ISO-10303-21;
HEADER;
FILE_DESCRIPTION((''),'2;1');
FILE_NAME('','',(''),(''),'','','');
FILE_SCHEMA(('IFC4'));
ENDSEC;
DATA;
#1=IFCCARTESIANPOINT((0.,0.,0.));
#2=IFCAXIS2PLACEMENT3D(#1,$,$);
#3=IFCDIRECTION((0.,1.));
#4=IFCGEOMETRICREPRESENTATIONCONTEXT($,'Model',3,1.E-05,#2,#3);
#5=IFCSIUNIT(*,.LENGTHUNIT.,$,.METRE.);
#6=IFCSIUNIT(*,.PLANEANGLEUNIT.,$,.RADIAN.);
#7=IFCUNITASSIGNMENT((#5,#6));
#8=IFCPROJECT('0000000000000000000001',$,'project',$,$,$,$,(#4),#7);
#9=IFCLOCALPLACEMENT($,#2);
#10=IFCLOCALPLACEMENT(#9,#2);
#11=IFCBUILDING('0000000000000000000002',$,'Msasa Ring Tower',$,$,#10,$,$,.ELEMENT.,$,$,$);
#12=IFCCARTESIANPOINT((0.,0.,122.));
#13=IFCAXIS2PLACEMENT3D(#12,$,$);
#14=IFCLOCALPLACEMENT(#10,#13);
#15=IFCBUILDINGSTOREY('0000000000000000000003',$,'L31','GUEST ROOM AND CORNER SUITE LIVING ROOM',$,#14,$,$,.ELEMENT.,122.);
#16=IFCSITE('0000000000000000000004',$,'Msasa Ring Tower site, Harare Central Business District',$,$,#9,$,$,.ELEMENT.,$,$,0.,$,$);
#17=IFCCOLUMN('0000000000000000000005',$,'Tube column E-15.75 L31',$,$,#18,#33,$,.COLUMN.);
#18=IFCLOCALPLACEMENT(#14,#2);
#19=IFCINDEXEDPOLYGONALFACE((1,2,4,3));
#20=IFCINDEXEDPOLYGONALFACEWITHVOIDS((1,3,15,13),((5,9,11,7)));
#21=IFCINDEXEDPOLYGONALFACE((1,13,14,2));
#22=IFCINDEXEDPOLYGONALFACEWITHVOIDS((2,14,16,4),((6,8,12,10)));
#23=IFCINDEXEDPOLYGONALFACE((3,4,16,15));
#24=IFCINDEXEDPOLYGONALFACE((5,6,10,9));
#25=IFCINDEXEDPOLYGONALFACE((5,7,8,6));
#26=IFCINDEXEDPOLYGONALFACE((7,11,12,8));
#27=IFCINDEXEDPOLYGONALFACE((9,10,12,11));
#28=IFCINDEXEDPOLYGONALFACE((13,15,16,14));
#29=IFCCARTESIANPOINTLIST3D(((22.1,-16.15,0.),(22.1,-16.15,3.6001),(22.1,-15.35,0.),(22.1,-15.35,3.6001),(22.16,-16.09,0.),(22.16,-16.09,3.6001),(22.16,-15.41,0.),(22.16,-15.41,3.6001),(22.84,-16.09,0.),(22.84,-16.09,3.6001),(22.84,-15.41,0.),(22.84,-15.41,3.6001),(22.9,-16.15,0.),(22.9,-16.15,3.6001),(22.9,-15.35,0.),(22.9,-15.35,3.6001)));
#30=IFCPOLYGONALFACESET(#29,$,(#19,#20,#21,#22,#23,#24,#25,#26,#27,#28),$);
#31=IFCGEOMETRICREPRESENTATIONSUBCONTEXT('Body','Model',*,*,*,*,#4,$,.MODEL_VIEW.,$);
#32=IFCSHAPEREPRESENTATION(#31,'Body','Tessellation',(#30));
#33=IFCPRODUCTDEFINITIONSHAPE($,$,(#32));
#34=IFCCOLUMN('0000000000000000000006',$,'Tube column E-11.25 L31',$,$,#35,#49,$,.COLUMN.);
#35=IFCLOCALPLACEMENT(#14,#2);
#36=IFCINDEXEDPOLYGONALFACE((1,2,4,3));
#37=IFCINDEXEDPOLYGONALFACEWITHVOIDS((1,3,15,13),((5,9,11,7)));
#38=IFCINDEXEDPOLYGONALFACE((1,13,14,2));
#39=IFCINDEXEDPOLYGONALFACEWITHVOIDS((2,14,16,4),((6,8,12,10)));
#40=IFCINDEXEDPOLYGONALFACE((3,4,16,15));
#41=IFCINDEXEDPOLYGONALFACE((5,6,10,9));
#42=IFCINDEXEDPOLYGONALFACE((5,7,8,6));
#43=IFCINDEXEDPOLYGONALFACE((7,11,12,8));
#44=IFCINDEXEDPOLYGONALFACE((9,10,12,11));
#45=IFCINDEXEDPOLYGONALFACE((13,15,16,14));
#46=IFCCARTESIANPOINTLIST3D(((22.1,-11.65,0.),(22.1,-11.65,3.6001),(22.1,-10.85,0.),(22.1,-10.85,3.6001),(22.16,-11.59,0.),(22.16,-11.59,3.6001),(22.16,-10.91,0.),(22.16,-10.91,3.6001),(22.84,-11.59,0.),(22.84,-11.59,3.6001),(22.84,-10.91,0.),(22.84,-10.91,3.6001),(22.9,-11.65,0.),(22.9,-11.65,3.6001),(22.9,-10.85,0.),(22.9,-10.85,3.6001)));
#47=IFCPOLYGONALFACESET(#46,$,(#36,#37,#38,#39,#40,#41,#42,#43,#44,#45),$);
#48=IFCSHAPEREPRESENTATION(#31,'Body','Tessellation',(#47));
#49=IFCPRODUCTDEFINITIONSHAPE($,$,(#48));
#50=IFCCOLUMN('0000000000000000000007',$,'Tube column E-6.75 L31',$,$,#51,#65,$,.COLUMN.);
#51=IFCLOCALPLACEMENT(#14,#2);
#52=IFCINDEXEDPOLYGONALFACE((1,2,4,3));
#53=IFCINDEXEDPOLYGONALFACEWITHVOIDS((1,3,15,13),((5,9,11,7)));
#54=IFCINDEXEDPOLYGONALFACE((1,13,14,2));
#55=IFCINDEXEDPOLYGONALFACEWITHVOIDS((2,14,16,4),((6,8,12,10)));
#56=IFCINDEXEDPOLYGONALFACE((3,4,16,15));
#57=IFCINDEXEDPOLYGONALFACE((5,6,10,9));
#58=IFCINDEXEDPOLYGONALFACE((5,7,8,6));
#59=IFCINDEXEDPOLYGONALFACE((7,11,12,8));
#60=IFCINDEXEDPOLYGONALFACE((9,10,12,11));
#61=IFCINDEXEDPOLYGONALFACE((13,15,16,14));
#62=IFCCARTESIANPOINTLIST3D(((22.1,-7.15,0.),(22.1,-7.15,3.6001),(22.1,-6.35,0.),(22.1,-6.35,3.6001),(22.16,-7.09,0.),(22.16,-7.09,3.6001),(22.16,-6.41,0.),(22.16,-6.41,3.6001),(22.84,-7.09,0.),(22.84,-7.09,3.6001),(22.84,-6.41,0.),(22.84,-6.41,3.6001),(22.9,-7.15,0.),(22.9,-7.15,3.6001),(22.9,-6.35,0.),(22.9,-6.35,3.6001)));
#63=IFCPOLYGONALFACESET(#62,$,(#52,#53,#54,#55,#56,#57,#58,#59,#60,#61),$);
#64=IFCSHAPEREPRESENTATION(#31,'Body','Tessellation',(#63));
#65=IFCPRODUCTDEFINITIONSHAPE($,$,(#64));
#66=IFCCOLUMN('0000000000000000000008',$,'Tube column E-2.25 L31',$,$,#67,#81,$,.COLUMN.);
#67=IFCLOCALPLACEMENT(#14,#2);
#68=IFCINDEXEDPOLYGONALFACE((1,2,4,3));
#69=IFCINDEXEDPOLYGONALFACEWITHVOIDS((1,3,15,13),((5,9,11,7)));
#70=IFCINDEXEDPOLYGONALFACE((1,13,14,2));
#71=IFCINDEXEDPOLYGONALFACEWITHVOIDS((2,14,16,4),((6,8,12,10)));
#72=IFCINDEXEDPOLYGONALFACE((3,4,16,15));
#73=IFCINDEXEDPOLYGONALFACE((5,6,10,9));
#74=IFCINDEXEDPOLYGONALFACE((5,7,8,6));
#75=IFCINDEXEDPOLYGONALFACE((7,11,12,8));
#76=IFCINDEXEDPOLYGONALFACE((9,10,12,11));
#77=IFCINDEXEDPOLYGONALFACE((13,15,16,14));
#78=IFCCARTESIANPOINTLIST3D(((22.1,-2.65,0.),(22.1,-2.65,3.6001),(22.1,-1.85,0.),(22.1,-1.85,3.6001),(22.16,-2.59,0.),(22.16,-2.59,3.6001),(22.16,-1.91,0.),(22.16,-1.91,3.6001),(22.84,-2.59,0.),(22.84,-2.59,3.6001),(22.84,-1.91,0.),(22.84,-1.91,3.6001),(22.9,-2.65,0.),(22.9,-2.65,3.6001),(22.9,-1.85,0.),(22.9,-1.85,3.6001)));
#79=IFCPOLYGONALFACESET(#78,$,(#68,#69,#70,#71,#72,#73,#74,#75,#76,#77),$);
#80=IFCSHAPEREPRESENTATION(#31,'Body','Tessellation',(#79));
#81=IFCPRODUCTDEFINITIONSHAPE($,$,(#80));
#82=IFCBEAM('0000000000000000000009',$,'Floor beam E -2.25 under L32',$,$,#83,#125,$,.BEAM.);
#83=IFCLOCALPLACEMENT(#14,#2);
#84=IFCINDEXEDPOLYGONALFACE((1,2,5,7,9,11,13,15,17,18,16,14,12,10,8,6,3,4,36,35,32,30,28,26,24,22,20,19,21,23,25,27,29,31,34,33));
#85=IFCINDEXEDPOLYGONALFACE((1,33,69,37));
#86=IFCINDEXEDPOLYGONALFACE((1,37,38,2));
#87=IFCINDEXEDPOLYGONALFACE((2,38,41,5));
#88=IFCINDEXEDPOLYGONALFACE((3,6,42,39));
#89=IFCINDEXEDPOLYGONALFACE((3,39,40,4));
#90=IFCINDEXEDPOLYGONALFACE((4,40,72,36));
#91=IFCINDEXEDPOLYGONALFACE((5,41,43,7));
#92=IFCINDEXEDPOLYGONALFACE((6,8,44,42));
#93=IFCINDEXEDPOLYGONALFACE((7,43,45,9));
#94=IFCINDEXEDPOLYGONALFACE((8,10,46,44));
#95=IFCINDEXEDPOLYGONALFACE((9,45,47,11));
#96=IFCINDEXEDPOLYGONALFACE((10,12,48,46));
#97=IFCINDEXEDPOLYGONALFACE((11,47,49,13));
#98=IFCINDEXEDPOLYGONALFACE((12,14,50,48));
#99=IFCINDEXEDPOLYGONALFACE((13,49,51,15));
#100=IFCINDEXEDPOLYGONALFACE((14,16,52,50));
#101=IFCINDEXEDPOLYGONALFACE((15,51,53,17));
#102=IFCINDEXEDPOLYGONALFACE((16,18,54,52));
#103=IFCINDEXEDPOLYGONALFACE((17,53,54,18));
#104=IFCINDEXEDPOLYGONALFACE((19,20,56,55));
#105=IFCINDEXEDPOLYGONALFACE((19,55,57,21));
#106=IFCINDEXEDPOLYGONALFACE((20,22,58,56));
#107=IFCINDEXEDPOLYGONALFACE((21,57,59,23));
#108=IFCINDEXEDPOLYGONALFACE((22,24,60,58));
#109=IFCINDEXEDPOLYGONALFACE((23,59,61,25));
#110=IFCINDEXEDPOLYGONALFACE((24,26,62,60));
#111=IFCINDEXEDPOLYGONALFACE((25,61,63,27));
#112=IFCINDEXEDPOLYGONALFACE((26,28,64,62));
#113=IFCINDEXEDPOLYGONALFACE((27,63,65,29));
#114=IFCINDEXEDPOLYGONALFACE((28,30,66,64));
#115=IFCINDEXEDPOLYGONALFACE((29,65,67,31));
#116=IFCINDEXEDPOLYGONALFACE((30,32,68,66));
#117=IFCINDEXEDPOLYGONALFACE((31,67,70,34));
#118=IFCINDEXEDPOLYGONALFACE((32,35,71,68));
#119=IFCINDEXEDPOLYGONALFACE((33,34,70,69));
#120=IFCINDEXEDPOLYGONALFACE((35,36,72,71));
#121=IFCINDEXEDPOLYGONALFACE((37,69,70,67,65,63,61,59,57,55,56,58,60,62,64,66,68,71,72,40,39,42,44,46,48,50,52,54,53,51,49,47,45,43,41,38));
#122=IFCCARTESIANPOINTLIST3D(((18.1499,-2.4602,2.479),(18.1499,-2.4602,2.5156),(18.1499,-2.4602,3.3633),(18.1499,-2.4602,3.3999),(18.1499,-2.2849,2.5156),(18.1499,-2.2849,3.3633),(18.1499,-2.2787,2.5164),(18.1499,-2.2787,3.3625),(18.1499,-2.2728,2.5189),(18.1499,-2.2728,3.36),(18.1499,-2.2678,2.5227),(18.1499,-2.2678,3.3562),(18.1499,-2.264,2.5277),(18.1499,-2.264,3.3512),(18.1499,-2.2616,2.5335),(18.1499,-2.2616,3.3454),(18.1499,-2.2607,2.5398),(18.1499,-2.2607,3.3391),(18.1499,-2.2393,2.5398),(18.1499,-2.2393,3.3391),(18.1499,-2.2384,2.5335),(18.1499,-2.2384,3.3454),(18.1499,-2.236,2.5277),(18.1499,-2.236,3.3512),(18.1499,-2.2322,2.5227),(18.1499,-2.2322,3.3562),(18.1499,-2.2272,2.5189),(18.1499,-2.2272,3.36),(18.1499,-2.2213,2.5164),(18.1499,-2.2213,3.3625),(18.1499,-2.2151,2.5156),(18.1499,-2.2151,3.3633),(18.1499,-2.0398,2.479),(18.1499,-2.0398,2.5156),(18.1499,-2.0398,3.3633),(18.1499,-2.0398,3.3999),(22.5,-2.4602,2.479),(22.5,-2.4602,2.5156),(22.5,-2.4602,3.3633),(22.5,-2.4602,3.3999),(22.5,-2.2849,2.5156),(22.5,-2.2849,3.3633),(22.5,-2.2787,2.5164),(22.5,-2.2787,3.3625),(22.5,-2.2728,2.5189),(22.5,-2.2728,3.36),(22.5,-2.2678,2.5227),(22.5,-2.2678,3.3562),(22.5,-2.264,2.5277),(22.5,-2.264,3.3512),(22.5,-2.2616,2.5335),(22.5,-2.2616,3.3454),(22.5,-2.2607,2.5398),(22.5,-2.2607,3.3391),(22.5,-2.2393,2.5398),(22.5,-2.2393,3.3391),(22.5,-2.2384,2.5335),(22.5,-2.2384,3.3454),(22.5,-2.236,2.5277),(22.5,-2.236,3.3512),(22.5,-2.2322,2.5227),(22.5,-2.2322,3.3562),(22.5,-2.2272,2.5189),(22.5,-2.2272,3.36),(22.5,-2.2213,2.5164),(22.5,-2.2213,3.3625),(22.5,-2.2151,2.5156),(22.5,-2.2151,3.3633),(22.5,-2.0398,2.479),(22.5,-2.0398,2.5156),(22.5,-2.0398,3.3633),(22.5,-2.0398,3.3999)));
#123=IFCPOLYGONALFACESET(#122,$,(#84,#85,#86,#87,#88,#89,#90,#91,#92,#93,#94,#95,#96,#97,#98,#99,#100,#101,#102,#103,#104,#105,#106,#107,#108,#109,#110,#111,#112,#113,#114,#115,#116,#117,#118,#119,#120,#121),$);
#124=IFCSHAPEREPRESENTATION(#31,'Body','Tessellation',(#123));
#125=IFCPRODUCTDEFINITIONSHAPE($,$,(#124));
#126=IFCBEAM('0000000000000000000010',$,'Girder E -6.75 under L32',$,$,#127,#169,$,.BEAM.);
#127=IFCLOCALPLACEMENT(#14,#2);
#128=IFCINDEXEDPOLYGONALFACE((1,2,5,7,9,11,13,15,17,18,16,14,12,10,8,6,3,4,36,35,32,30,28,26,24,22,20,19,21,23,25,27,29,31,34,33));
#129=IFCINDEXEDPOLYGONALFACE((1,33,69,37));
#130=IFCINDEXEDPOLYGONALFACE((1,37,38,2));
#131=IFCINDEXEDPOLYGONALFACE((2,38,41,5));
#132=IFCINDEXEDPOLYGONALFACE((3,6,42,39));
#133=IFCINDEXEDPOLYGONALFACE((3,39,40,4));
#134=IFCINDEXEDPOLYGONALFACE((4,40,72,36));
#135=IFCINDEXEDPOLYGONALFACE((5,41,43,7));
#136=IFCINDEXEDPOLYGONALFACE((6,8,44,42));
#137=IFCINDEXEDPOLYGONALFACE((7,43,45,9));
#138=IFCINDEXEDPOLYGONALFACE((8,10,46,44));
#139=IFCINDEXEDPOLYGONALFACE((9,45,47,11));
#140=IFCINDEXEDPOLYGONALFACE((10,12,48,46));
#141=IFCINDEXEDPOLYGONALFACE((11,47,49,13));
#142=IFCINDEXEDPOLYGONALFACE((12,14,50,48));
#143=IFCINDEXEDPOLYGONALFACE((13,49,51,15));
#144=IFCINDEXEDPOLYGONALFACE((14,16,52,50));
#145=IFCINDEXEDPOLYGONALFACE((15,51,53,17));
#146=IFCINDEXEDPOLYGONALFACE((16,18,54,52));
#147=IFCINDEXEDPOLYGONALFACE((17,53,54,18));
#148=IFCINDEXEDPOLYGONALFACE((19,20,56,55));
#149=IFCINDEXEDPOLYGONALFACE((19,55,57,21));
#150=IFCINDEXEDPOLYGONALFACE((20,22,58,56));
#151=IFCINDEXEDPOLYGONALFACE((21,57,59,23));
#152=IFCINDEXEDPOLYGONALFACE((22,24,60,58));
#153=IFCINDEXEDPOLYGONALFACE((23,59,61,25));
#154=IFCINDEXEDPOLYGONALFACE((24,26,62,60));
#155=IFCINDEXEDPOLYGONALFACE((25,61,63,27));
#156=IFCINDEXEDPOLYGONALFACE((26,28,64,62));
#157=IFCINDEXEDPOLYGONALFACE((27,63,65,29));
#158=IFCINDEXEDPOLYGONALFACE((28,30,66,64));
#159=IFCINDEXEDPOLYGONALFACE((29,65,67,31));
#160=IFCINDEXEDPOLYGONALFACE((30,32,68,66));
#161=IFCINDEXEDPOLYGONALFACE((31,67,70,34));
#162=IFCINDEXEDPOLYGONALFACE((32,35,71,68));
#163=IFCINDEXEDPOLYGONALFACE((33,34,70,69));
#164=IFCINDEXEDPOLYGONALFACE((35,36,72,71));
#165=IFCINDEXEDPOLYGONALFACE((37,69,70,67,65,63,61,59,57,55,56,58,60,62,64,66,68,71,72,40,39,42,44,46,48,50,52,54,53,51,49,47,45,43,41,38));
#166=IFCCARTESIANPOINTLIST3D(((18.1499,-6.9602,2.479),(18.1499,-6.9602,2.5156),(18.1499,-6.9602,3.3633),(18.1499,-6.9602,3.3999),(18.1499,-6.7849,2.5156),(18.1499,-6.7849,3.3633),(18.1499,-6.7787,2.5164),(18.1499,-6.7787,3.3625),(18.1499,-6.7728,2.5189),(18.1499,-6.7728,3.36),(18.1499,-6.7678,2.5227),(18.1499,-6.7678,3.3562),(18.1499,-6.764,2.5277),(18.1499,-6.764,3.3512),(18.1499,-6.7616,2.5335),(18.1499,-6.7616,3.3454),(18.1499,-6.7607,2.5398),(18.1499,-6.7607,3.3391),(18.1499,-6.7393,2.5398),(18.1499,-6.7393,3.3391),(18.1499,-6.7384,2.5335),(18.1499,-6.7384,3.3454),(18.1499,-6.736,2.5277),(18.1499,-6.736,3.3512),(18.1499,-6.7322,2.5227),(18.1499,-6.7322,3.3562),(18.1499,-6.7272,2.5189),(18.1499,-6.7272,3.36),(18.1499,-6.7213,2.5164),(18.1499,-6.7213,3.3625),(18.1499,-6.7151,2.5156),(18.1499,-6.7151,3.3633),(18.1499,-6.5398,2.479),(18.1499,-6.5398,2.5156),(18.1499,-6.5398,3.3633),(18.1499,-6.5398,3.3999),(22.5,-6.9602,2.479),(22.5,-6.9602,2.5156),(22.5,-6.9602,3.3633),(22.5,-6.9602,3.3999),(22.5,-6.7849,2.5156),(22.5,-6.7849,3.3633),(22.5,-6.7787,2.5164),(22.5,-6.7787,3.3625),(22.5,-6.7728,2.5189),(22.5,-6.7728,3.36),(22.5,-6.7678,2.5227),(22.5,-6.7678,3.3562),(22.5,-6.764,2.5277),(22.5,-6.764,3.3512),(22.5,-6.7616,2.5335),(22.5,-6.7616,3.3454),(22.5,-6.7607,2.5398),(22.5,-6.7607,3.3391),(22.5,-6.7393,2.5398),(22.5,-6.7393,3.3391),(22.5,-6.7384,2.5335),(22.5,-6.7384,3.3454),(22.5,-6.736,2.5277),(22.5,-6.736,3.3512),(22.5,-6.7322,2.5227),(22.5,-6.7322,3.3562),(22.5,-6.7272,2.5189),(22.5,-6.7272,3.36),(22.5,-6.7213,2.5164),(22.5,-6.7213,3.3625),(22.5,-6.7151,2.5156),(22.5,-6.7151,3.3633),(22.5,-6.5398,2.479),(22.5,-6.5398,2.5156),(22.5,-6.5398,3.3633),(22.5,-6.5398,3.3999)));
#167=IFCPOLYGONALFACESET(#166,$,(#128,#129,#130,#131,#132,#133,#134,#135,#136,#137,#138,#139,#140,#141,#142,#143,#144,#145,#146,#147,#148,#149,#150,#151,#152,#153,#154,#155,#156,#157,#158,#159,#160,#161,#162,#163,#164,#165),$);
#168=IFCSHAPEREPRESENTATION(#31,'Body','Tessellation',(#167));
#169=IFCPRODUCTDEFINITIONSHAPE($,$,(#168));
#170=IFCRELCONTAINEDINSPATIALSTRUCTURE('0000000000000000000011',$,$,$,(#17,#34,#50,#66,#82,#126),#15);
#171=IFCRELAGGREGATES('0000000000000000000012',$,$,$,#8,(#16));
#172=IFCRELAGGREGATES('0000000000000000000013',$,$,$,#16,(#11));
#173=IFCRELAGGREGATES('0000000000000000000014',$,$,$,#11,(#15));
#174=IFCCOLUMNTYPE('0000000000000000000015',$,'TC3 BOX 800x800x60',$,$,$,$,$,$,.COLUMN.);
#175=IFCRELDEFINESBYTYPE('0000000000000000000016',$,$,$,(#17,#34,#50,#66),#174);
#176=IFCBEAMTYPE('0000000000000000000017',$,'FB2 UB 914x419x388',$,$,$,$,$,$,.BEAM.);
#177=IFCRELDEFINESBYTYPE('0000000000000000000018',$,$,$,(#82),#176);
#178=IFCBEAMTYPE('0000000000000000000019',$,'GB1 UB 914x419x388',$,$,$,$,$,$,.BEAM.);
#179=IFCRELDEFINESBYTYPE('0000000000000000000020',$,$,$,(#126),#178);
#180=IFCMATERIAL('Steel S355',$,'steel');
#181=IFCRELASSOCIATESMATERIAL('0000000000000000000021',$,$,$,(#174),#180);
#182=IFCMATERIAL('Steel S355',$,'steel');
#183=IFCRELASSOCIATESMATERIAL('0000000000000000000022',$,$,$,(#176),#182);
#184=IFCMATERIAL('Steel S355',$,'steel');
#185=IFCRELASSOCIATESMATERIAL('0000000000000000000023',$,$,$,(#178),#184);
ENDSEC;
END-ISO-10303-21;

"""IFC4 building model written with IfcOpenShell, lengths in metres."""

from ifc_helpers import new_model, si_unit, direction, frame, origin, origin_2d, place, context, subcontext, project, spatial, hollow_rectangle, i_section, extrude, material, material_profile, profile_set, type_object, element, save


model = new_model("IFC4")

# Units and contexts
model_context = context("Model", 3, precision=1e-05, world=origin(), true_north=direction((0.0, 1.0)))
body_context = subcontext(model_context, "Body", "Model", "MODEL_VIEW")
ifc_project = project(units=[si_unit("LENGTHUNIT", "METRE"), si_unit("PLANEANGLEUNIT", "RADIAN")], contexts=[model_context])

# Site, building, storey
site_placement = place(None, origin())
site = spatial("IfcSite", under=ifc_project, at=site_placement, Name="Msasa Ring Tower site, Harare Central Business District", CompositionType="ELEMENT", RefElevation=0.0)
building_placement = place(site_placement, origin())
building = spatial("IfcBuilding", under=site, at=building_placement, Name="Msasa Ring Tower", CompositionType="ELEMENT")
storey_placement = place(building_placement, frame((0.0, 0.0, 122.0)))
storey = spatial("IfcBuildingStorey", under=building, at=storey_placement, Name="L31", Description="GUEST ROOM AND CORNER SUITE LIVING ROOM", CompositionType="ELEMENT", Elevation=122.0)

# Columns
ifc_material_1 = material(Name="Steel S355", Category="steel")
ifc_material_profile_1 = material_profile(ifc_material_1, hollow_rectangle(XDim=0.8, YDim=0.8, WallThickness=0.0601, at=origin_2d()), Name="BOX 800x800x60")
ifc_profile_set_1 = profile_set([ifc_material_profile_1], Name="Steel S355")
column_type = type_object("IfcColumnType", Name="TC3 BOX 800x800x60", PredefinedType="COLUMN", material=ifc_profile_set_1)
for number, where, z_axis, x_axis, name in (
    (1, (22.5, -15.75, 0.0), (0.0, 0.0, 1.0), (1.0, 0.0, 0.0), "Tube column E-15.75 L31"),
    (2, (22.5, -11.25, 0.0), (0.0, 0.0, 1.0), (1.0, 0.0, 0.0), "Tube column E-11.25 L31"),
    (3, (22.5, -6.75, 0.0), (0.0, 0.0, 1.0), (1.0, 0.0, 0.0), "Tube column E-6.75 L31"),
    (4, (22.5, -2.25, 0.0), (0.0, 0.0, 1.0), (1.0, 0.0, 0.0), "Tube column E-2.25 L31"),
):
    element("IfcColumn", number, at=place(storey_placement, frame(where, z_axis=z_axis, x_axis=x_axis)), inside=storey, type_object=column_type, Name=name, PredefinedType="COLUMN", context=body_context, shape_type="SweptSolid", body=[
        extrude(hollow_rectangle(XDim=0.8, YDim=0.8, WallThickness=0.0601, at=origin_2d()), origin(), (0.0, 0.0, 1.0), 3.6001),
    ])

# Beams
ifc_material_2 = material(Name="Steel S355", Category="steel")
ifc_material_profile_2 = material_profile(ifc_material_2, i_section(OverallWidth=0.4204, OverallDepth=0.9209, WebThickness=0.0215, FlangeThickness=0.0366, FilletRadius=0.0242, at=origin_2d()), Name="UB 914x419x388")
ifc_profile_set_2 = profile_set([ifc_material_profile_2], Name="Steel S355")
beam_type_1 = type_object("IfcBeamType", Name="FB2 UB 914x419x388", PredefinedType="BEAM", material=ifc_profile_set_2)
beam_1_placement = place(storey_placement, frame((22.5, -2.25, 2.9395), z_axis=(-1.0, 0.0, 0.0), x_axis=(0.0, -1.0, 0.0)))
element("IfcBeam", 5, at=beam_1_placement, inside=storey, type_object=beam_type_1, Name="Floor beam E -2.25 under L32", PredefinedType="BEAM", context=body_context, shape_type="SweptSolid", body=[
    extrude(i_section(OverallWidth=0.4204, OverallDepth=0.9209, WebThickness=0.0215, FlangeThickness=0.0366, FilletRadius=0.0242, at=origin_2d()), origin(), (0.0, 0.0, 1.0), 4.3501),
])
ifc_material_3 = material(Name="Steel S355", Category="steel")
ifc_material_profile_3 = material_profile(ifc_material_3, i_section(OverallWidth=0.4204, OverallDepth=0.9209, WebThickness=0.0215, FlangeThickness=0.0366, FilletRadius=0.0242, at=origin_2d()), Name="UB 914x419x388")
ifc_profile_set_3 = profile_set([ifc_material_profile_3], Name="Steel S355")
beam_type_2 = type_object("IfcBeamType", Name="GB1 UB 914x419x388", PredefinedType="BEAM", material=ifc_profile_set_3)
beam_2_placement = place(storey_placement, frame((18.1499, -6.75, 2.9395), z_axis=(1.0, 0.0, 0.0), x_axis=(0.0, 1.0, 0.0)))
element("IfcBeam", 6, at=beam_2_placement, inside=storey, type_object=beam_type_2, Name="Girder E -6.75 under L32", PredefinedType="BEAM", context=body_context, shape_type="SweptSolid", body=[
    extrude(i_section(OverallWidth=0.4204, OverallDepth=0.9209, WebThickness=0.0215, FlangeThickness=0.0366, FilletRadius=0.0242, at=origin_2d()), origin(), (0.0, 0.0, 1.0), 4.3501),
])

save(model, "model.ifc")
